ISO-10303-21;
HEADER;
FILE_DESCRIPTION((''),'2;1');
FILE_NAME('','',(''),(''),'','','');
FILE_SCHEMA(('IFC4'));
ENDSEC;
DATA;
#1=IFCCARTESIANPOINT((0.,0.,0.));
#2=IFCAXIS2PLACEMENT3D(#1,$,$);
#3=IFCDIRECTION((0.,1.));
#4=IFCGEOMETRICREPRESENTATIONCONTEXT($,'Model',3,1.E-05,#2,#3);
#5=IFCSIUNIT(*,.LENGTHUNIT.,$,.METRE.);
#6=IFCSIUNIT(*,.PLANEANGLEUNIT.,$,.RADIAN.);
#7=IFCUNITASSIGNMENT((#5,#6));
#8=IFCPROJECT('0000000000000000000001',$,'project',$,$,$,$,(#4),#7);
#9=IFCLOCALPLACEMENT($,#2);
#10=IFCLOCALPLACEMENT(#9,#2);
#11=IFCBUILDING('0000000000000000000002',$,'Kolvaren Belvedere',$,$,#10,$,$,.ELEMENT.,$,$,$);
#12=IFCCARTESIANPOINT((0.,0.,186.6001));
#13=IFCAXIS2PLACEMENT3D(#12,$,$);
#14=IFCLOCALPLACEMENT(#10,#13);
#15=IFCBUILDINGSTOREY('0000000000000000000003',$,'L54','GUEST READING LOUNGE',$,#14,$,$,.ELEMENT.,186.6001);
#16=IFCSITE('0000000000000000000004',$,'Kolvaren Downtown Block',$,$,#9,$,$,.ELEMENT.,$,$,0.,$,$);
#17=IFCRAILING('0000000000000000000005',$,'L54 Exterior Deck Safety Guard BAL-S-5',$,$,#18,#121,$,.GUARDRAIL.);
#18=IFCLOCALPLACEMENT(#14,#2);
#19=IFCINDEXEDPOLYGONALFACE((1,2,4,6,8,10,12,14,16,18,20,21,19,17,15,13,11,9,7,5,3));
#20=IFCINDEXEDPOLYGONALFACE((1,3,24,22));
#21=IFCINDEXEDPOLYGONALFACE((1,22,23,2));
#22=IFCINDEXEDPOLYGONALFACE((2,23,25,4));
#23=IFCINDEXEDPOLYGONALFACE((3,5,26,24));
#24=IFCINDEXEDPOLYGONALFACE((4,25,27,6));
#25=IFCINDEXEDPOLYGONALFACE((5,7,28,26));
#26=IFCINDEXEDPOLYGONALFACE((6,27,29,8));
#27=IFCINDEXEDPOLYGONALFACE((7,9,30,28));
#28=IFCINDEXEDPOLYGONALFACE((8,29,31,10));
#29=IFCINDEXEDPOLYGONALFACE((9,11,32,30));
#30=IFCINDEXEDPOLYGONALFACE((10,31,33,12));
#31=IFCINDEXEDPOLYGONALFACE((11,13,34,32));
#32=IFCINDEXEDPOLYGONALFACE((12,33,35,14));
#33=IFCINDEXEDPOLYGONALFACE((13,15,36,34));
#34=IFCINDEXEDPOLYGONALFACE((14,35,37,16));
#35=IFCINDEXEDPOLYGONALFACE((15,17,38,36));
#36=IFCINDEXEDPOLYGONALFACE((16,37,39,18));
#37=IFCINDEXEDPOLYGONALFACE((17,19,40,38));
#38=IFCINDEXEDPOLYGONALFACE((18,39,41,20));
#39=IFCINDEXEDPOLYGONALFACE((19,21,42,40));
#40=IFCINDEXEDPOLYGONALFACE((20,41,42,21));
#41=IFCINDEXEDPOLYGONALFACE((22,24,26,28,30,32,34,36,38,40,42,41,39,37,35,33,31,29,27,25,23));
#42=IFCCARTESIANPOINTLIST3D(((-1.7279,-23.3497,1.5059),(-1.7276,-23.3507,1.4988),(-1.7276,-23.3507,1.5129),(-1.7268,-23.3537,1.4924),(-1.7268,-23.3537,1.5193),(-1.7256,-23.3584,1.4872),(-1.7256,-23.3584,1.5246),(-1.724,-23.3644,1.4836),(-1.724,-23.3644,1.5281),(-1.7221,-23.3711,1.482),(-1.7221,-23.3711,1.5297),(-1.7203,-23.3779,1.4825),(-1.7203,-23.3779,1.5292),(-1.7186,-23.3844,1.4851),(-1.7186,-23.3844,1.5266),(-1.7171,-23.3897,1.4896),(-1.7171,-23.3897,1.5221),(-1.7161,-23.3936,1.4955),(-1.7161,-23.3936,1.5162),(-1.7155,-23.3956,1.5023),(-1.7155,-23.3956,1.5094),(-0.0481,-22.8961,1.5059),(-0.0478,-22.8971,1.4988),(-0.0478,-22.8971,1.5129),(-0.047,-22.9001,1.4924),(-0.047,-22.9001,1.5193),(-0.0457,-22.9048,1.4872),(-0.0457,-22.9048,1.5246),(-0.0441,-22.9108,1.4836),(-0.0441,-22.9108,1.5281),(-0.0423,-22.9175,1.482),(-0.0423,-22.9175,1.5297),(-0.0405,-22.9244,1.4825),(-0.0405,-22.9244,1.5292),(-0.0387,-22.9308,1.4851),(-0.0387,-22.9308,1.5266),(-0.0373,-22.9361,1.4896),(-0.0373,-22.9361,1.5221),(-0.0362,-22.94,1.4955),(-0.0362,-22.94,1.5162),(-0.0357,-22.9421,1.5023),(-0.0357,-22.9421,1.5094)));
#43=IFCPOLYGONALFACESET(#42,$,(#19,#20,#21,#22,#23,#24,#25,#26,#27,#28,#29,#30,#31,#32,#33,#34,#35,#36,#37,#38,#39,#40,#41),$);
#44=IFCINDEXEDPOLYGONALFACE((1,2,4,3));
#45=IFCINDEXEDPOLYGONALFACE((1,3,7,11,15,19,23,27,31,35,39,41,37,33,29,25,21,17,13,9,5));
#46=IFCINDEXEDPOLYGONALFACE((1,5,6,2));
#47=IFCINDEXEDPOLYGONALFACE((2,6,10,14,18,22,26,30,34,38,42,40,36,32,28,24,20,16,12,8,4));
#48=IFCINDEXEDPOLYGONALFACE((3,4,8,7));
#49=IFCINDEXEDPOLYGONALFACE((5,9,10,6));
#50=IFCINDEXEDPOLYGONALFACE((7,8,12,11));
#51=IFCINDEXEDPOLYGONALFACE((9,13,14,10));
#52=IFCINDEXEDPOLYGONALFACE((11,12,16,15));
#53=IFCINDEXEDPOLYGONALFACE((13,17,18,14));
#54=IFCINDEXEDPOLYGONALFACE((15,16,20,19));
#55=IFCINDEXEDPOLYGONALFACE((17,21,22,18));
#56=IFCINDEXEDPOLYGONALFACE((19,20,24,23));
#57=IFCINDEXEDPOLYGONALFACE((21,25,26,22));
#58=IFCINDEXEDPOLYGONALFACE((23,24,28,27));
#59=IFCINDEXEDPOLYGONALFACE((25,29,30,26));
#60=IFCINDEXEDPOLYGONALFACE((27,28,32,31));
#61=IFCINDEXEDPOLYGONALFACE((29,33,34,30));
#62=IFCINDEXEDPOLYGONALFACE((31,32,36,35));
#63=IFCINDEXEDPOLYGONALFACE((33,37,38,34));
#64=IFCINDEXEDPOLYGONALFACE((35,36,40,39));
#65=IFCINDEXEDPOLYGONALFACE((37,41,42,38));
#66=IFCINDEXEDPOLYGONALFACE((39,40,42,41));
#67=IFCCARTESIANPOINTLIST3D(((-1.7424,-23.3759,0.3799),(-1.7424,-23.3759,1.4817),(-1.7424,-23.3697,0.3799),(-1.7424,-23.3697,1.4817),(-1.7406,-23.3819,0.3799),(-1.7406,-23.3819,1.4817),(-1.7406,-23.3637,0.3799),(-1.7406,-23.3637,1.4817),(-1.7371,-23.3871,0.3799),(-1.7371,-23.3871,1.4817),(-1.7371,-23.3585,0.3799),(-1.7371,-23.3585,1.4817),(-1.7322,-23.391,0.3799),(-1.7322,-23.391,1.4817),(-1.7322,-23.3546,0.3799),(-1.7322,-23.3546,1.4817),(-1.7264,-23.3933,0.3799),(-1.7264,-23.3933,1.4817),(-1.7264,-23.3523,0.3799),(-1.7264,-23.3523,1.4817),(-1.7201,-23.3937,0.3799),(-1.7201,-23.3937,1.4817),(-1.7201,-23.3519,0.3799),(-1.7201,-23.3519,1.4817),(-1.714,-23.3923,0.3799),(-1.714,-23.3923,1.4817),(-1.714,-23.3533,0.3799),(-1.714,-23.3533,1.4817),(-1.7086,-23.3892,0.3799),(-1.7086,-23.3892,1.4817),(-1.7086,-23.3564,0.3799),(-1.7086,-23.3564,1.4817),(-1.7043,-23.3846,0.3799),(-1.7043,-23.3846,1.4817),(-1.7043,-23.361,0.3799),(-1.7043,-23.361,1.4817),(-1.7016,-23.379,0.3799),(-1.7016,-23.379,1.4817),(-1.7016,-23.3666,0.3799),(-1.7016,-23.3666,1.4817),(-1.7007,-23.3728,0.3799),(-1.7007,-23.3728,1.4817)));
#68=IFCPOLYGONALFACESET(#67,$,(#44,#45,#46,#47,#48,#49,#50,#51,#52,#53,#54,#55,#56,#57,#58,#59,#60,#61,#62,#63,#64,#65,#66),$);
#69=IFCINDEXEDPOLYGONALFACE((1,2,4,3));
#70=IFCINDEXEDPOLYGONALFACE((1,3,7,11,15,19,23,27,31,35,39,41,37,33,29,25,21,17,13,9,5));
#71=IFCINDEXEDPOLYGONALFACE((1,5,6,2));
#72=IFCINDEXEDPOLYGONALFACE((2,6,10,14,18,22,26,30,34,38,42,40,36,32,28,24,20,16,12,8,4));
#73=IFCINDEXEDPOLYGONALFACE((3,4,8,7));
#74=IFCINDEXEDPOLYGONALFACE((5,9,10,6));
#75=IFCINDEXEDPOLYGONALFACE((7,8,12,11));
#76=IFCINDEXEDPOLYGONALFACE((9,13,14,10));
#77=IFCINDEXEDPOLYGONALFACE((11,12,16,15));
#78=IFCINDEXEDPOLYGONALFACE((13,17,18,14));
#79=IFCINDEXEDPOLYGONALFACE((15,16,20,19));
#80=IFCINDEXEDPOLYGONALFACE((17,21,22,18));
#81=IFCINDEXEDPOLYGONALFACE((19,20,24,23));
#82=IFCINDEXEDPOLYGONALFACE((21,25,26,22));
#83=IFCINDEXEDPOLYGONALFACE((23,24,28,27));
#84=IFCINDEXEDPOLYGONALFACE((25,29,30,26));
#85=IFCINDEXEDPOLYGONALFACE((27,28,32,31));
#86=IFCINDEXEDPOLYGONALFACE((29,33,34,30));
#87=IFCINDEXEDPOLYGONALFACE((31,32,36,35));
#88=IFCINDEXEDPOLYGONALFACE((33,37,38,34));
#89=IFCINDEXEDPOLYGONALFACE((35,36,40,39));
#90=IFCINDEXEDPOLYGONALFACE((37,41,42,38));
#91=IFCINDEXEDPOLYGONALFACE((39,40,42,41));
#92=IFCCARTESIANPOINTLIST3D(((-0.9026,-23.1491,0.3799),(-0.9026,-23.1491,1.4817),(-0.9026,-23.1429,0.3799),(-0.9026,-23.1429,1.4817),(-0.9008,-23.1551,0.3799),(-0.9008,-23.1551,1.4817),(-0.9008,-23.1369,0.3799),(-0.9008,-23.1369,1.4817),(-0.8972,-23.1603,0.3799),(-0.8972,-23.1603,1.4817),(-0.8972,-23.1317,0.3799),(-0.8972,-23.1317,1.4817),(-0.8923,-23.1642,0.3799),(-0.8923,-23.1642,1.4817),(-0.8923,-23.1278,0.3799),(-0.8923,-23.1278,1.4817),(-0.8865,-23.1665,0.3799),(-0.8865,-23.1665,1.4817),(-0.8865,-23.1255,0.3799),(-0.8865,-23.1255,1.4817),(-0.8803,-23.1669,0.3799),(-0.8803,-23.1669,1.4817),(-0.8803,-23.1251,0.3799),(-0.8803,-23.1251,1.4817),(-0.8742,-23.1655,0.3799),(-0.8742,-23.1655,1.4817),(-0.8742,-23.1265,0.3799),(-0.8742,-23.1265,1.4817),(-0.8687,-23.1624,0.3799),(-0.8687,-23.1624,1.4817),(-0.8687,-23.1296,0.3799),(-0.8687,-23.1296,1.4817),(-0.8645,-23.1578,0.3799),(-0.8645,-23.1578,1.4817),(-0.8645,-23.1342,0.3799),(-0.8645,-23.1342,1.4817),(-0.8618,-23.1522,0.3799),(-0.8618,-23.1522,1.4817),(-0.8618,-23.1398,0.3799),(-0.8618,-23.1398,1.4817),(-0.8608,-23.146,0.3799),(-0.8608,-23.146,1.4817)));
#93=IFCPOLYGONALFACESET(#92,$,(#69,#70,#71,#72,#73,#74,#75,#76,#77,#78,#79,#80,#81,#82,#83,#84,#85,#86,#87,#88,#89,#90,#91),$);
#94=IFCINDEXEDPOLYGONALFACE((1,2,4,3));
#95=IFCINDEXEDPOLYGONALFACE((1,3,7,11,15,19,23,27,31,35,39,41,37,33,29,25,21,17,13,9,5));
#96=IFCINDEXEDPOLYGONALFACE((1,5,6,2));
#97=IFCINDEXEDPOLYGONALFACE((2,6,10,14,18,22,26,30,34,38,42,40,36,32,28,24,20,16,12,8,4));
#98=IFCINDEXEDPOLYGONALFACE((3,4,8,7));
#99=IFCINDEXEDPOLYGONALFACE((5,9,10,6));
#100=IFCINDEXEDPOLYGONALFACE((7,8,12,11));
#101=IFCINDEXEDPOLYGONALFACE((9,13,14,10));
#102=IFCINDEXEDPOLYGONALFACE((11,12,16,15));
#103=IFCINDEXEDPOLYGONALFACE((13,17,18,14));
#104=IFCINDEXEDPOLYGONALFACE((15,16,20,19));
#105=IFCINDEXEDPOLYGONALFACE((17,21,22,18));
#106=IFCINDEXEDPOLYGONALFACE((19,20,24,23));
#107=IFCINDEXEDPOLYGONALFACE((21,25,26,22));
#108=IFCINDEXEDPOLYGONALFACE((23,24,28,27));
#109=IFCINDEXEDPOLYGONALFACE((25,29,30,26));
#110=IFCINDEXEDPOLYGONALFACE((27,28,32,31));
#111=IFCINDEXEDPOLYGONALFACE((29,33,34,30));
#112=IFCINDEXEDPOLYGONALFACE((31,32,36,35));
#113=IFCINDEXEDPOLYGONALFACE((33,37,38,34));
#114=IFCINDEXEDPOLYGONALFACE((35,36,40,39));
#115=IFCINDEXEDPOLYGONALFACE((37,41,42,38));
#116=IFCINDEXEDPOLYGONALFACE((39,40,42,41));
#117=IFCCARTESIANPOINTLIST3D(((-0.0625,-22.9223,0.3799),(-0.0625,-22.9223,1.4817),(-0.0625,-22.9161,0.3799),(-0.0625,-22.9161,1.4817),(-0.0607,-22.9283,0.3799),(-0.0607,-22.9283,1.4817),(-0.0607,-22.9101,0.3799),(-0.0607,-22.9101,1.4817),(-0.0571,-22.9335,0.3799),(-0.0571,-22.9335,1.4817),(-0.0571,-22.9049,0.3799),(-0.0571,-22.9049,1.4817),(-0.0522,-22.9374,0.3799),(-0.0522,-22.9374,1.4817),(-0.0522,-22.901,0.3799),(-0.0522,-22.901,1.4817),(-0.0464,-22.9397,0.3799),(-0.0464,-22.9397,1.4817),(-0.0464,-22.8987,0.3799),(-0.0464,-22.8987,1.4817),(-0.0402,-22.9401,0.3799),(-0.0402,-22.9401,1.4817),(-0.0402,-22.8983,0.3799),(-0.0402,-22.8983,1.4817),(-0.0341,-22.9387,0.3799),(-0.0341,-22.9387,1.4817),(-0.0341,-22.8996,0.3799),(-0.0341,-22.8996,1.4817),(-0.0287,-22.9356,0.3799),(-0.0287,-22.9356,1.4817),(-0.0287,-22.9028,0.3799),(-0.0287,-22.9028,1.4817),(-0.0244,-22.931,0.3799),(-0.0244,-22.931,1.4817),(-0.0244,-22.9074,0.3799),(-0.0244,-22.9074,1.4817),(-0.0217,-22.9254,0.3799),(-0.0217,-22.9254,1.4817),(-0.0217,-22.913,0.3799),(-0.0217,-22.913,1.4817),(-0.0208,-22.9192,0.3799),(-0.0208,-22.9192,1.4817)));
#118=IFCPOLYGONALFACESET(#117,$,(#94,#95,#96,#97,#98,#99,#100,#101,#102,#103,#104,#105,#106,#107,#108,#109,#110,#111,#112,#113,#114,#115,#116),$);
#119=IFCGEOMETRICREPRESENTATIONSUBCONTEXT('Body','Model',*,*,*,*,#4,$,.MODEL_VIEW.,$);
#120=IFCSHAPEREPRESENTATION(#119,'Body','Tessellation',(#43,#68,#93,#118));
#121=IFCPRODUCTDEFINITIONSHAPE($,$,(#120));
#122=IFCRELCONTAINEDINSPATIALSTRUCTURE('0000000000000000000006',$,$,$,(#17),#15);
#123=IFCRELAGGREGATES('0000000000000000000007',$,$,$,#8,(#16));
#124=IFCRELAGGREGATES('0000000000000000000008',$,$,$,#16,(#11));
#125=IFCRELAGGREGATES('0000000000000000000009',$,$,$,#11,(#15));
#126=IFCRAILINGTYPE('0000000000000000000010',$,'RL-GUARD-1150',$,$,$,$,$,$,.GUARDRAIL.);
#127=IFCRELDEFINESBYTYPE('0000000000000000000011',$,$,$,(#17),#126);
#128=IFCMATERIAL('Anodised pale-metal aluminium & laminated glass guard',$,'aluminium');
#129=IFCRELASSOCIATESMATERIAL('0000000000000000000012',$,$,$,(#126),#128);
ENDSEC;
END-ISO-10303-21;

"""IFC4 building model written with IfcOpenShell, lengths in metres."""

from ifc_helpers import new_model, si_unit, direction, frame, origin, origin_2d, place, context, subcontext, project, spatial, circle, extrude, material, type_object, element, save


model = new_model("IFC4")

# Units and contexts
model_context = context("Model", 3, precision=1e-05, world=origin(), true_north=direction((0.0, 1.0)))
body_context = subcontext(model_context, "Body", "Model", "MODEL_VIEW")
ifc_project = project(units=[si_unit("LENGTHUNIT", "METRE"), si_unit("PLANEANGLEUNIT", "RADIAN")], contexts=[model_context])

# Site, building, storey
site_placement = place(None, origin())
site = spatial("IfcSite", under=ifc_project, at=site_placement, Name="Kolvaren Downtown Block", CompositionType="ELEMENT", RefElevation=0.0)
building_placement = place(site_placement, origin())
building = spatial("IfcBuilding", under=site, at=building_placement, Name="Kolvaren Belvedere", CompositionType="ELEMENT")
storey_placement = place(building_placement, frame((0.0, 0.0, 186.6001)))
storey = spatial("IfcBuildingStorey", under=building, at=storey_placement, Name="L54", Description="GUEST READING LOUNGE", CompositionType="ELEMENT", Elevation=186.6001)

# Railing
ifc_material_1 = material(Name="Anodised pale-metal aluminium & laminated glass guard", Category="aluminium")
railing_type = type_object("IfcRailingType", Name="RL-GUARD-1150", PredefinedType="GUARDRAIL", material=ifc_material_1)
railing_1_placement = place(storey_placement, frame((-1.7217, -23.3728, 0.3799)))
element("IfcRailing", 1, at=railing_1_placement, inside=storey, type_object=railing_type, Name="L54 Exterior Deck Safety Guard BAL-S-5", PredefinedType="GUARDRAIL", context=body_context, shape_type="SweptSolid", body=[
    extrude(circle(Radius=0.0239, at=origin_2d()), frame((0.0, 0.0, 1.126), z_axis=(0.965424, 0.260683, 0.0), x_axis=(-0.260683, 0.965424, 0.0)), (0.0, 0.0, 1.0), 1.74),
    extrude(circle(Radius=0.021, at=origin_2d()), origin(), (0.0, 0.0, 1.0), 1.1018),
    extrude(circle(Radius=0.021, at=origin_2d()), frame((0.8398, 0.2268, 0.0)), (0.0, 0.0, 1.0), 1.1018),
    extrude(circle(Radius=0.021, at=origin_2d()), frame((1.6799, 0.4536, 0.0)), (0.0, 0.0, 1.0), 1.1018),
])

save(model, "model.ifc")
